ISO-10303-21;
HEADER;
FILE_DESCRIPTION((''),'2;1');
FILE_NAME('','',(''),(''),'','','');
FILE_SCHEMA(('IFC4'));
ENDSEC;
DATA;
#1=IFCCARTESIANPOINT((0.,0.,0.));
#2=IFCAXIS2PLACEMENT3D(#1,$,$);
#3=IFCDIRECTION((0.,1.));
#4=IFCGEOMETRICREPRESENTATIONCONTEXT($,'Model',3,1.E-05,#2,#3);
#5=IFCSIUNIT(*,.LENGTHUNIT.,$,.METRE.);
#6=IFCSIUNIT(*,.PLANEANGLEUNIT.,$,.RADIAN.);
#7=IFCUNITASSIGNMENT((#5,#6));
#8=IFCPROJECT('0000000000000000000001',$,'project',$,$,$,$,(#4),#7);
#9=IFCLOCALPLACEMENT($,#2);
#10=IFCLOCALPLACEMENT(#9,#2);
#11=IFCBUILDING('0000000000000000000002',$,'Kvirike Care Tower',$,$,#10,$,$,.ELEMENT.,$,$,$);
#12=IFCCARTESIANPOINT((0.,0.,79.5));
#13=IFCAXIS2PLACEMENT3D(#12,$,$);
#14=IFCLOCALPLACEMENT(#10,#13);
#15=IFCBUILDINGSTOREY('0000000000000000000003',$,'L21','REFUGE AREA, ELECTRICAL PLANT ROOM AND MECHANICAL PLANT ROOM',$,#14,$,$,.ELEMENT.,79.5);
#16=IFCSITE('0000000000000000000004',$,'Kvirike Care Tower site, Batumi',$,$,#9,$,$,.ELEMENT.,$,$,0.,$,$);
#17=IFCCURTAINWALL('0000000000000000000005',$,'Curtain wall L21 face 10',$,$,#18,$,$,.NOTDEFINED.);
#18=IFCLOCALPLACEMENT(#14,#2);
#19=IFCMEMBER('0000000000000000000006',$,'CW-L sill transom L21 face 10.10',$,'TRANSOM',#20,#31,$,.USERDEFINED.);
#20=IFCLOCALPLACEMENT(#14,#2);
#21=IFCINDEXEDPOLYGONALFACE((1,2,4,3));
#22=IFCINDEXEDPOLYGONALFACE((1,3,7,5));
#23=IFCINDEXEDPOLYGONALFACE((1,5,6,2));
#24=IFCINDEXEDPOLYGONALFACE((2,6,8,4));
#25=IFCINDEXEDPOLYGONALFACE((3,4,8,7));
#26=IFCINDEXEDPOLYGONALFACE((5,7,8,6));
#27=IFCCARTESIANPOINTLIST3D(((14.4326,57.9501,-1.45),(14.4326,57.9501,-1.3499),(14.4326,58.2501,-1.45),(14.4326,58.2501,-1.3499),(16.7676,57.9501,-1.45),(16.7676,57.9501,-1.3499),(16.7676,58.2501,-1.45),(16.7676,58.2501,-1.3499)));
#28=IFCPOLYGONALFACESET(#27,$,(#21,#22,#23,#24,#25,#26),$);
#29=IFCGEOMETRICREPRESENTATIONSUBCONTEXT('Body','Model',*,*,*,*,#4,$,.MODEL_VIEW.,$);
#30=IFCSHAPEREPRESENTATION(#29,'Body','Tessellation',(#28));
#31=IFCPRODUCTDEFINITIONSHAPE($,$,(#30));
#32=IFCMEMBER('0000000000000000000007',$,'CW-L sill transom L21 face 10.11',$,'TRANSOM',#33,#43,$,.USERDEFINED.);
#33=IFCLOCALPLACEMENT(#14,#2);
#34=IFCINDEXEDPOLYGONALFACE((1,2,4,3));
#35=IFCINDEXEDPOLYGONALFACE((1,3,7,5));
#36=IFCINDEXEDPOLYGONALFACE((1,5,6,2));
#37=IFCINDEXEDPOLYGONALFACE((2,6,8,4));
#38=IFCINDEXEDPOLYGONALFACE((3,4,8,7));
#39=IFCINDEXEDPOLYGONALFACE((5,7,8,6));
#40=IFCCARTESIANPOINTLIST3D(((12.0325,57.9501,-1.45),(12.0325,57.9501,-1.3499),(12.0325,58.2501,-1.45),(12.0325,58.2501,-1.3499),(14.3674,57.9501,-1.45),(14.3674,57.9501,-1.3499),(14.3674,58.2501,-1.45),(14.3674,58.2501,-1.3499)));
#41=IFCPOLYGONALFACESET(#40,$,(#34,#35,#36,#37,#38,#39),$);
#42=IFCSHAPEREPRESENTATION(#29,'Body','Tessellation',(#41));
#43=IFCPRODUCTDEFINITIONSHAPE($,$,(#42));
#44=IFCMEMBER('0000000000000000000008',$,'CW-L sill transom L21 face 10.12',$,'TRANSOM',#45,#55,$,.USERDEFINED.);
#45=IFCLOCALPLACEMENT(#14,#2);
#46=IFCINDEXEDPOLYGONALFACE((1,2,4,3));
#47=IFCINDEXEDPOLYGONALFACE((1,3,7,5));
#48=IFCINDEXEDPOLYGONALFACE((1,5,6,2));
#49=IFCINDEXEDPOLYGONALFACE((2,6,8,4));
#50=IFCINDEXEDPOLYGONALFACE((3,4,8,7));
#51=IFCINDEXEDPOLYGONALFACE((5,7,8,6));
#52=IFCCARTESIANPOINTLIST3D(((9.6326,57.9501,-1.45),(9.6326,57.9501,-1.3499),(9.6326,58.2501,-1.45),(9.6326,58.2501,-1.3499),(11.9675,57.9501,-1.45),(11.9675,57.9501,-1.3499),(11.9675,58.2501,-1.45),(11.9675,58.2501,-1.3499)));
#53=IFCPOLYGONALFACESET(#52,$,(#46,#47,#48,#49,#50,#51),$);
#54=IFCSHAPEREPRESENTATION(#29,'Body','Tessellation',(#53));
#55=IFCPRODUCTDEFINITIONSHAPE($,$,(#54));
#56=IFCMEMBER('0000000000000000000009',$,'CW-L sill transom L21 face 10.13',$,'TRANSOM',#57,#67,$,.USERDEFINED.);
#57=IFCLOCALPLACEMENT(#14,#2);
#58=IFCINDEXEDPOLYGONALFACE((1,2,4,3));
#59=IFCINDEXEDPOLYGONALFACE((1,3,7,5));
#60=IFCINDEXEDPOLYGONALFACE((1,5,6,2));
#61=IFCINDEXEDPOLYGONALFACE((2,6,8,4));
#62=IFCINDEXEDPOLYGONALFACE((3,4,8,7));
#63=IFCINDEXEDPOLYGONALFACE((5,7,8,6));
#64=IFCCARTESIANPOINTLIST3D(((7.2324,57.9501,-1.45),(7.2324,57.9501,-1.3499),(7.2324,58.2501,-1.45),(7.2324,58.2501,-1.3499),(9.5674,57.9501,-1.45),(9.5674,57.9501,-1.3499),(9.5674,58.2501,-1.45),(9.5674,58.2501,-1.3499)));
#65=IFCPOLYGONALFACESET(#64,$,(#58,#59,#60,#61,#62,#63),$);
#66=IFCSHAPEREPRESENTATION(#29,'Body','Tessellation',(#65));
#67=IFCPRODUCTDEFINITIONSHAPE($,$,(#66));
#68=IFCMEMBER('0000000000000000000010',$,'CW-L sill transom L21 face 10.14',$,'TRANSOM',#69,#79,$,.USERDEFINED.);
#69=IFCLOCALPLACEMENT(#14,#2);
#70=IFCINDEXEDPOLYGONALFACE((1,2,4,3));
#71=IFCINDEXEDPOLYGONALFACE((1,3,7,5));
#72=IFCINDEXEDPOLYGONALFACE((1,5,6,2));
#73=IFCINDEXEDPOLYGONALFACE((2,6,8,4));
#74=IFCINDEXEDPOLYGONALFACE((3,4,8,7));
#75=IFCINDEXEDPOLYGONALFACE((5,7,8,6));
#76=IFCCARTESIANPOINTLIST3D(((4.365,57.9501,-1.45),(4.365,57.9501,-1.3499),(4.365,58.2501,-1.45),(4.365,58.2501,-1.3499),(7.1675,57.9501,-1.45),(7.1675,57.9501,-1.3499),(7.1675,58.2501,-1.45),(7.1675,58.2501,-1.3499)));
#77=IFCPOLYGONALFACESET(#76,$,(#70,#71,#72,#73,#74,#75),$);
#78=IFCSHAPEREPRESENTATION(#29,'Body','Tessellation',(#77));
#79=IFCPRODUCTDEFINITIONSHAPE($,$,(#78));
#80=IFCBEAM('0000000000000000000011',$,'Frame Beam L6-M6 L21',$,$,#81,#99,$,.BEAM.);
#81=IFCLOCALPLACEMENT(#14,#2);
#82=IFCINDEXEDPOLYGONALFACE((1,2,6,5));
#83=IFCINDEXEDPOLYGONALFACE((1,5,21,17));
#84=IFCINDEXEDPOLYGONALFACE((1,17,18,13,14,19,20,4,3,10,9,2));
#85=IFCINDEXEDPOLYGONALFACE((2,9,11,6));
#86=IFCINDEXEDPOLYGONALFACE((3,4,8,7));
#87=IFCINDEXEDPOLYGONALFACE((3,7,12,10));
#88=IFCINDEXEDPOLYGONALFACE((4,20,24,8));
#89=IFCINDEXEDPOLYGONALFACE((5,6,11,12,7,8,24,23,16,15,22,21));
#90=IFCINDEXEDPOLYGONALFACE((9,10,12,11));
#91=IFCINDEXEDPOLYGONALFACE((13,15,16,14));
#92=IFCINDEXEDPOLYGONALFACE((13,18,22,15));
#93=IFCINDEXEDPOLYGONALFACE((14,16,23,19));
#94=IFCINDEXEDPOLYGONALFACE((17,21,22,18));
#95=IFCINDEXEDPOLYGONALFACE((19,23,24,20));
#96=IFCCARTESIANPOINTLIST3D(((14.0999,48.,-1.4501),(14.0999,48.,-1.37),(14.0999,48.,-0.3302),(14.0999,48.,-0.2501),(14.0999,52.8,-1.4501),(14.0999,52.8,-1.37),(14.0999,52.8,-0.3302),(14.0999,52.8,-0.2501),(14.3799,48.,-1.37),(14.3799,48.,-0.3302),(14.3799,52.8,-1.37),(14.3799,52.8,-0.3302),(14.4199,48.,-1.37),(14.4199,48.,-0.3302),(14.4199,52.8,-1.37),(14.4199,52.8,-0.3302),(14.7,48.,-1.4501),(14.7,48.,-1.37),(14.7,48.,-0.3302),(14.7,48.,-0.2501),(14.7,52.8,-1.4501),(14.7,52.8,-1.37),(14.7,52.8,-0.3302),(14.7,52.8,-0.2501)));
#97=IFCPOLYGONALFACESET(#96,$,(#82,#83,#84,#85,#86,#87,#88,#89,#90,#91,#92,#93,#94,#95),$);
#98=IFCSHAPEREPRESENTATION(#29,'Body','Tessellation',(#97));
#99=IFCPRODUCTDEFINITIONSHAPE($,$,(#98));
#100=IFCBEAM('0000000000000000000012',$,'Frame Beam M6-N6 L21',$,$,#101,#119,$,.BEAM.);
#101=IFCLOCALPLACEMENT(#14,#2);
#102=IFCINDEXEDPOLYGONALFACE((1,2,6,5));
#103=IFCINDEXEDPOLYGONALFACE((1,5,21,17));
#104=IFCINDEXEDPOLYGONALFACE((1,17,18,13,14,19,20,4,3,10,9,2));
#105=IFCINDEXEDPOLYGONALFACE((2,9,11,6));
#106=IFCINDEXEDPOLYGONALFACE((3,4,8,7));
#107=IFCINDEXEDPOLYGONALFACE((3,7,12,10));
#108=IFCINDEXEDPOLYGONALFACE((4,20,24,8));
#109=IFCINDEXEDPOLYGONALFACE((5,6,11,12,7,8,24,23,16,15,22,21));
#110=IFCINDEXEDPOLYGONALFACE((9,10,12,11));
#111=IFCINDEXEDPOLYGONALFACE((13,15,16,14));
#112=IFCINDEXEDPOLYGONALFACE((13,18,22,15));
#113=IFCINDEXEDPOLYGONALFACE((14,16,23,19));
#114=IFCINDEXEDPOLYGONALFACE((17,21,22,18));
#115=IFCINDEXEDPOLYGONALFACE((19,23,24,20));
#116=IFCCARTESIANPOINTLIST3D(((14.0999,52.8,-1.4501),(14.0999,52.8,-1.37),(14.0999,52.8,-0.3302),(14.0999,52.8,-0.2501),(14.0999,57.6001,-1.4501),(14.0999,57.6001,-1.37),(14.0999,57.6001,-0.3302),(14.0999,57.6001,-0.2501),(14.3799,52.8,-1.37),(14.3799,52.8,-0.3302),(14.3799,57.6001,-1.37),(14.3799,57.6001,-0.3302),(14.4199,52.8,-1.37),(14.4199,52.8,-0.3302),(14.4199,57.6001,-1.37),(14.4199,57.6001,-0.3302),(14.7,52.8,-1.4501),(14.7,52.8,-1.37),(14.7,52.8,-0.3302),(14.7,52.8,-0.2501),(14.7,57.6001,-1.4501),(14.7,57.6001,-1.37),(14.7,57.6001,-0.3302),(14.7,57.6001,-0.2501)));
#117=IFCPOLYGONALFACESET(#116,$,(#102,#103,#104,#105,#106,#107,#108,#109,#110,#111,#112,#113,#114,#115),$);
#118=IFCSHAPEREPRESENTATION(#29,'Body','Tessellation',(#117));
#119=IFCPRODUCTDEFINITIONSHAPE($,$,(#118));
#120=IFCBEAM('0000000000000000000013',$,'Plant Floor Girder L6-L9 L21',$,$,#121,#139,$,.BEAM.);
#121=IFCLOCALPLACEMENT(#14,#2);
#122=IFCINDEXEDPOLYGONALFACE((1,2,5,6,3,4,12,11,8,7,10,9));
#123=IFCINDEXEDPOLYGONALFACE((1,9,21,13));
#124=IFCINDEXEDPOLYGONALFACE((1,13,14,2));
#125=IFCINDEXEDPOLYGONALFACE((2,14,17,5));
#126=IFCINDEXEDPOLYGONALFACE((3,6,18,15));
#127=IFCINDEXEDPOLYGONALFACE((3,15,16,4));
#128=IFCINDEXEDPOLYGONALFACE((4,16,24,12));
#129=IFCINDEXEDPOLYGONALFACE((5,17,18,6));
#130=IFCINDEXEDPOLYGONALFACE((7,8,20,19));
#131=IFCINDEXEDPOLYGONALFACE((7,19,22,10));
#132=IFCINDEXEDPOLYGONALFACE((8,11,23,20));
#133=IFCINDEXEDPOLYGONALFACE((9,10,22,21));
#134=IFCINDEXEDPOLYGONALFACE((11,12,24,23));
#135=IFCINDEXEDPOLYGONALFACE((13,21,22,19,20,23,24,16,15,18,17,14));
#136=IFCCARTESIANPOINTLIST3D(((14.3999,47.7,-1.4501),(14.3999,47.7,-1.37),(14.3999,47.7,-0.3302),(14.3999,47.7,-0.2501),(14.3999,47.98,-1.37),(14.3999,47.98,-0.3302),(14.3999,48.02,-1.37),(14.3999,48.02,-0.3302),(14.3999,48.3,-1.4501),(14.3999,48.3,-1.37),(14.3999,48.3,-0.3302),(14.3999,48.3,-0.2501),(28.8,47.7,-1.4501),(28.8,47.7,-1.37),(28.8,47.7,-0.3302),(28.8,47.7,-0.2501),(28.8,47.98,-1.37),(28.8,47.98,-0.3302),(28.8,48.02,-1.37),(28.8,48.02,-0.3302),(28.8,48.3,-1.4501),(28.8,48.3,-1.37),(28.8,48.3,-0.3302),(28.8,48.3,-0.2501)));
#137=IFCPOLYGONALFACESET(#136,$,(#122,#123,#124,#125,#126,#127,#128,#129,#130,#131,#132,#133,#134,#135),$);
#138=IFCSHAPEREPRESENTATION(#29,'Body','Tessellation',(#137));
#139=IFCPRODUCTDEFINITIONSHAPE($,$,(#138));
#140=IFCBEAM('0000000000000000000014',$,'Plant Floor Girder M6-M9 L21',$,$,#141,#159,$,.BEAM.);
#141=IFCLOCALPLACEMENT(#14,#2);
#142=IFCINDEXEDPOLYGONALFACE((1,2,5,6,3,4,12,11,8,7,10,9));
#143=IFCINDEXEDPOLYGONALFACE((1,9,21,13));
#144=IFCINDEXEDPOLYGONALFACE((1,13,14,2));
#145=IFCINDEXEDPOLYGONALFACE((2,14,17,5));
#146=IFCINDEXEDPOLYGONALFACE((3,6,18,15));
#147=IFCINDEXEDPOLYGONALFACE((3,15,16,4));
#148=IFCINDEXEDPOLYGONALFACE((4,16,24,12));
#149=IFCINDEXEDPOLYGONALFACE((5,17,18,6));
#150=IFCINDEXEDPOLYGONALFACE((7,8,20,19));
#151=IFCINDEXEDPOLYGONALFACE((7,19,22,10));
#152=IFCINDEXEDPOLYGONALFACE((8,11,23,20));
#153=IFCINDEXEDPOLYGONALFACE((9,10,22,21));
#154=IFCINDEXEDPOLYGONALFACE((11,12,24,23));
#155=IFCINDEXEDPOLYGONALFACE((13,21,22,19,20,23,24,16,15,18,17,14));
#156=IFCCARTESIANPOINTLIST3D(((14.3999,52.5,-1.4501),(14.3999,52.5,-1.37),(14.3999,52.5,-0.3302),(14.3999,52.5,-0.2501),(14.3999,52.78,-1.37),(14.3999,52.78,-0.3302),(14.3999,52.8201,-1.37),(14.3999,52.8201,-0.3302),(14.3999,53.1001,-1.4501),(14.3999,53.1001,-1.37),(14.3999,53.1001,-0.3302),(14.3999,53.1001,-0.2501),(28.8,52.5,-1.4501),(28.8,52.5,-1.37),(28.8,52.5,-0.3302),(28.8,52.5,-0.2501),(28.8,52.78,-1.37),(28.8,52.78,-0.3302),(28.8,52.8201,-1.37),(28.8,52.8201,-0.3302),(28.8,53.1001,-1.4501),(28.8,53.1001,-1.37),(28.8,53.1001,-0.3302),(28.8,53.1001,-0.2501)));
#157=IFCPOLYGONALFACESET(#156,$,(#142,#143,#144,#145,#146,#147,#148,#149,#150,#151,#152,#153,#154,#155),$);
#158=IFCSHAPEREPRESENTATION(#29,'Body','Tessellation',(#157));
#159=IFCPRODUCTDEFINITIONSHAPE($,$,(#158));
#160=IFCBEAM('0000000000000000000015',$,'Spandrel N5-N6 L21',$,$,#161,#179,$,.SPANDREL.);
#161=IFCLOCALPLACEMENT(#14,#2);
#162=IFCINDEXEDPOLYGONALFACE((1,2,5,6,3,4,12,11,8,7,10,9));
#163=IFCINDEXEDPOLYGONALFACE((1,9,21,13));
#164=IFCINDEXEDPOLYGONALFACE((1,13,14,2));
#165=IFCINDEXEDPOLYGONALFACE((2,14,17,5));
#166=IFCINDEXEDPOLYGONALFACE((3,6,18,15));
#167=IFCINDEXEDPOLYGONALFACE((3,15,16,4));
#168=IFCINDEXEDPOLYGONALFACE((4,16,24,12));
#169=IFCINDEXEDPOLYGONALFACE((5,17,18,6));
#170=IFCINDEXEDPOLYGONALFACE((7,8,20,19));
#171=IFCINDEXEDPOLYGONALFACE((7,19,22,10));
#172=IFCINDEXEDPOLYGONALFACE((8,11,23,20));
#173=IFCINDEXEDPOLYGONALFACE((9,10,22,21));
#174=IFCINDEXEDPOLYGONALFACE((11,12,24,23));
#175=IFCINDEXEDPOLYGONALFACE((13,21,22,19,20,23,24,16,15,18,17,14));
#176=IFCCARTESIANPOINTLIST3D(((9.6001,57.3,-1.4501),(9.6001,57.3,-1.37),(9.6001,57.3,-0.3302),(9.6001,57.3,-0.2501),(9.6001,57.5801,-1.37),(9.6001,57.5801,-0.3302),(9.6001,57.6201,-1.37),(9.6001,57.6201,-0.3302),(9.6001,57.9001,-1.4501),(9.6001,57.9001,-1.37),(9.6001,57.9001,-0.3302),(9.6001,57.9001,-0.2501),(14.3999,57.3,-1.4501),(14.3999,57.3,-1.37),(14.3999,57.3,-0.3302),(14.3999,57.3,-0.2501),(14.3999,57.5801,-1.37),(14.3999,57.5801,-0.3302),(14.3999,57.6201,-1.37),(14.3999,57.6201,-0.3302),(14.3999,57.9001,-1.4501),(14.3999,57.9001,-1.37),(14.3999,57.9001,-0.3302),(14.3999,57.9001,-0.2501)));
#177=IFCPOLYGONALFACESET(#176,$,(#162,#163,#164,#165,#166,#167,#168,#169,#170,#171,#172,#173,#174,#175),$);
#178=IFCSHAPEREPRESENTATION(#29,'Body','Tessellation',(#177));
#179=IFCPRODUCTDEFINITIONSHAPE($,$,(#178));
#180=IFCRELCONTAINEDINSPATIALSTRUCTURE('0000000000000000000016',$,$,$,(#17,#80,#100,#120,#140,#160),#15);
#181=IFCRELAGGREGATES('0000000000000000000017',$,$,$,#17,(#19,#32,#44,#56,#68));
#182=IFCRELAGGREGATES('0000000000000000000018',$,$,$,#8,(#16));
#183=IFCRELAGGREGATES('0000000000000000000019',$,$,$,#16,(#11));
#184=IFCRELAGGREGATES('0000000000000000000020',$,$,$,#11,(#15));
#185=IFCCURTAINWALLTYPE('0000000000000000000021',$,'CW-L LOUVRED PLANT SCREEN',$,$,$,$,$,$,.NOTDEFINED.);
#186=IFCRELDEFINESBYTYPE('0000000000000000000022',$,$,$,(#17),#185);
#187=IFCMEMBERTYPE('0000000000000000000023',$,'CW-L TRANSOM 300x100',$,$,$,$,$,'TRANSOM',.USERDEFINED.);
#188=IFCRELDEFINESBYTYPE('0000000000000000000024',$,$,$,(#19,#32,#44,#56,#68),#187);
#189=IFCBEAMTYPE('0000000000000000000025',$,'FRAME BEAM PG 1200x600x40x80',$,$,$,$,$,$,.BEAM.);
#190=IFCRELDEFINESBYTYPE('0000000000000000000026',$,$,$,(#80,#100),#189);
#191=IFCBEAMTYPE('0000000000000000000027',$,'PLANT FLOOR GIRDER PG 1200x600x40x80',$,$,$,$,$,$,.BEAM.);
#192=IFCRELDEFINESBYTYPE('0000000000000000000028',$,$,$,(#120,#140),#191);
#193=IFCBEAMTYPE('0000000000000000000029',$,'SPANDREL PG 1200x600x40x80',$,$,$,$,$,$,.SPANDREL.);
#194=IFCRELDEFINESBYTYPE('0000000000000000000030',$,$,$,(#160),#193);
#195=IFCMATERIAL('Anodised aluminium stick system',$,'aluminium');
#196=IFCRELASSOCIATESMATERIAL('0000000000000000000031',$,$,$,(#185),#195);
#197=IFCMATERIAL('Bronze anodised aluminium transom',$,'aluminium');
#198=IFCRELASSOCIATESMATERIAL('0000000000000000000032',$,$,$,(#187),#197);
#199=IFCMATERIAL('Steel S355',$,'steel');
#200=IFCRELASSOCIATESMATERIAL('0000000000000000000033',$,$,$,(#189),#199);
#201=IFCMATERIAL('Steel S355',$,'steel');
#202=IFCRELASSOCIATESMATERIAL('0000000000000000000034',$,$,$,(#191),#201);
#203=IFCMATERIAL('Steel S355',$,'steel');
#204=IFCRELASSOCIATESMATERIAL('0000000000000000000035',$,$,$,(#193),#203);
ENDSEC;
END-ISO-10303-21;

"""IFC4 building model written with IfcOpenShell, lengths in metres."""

from ifc_helpers import new_model, si_unit, direction, frame, origin, origin_2d, place, context, subcontext, project, spatial, rectangle, i_section, extrude, material, material_profile, profile_set, type_object, element, aggregate, save


model = new_model("IFC4")

# Units and contexts
model_context = context("Model", 3, precision=1e-05, world=origin(), true_north=direction((0.0, 1.0)))
body_context = subcontext(model_context, "Body", "Model", "MODEL_VIEW")
ifc_project = project(units=[si_unit("LENGTHUNIT", "METRE"), si_unit("PLANEANGLEUNIT", "RADIAN")], contexts=[model_context])

# Site, building, storey
site_placement = place(None, origin())
site = spatial("IfcSite", under=ifc_project, at=site_placement, Name="Kvirike Care Tower site, Batumi", CompositionType="ELEMENT", RefElevation=0.0)
building_placement = place(site_placement, origin())
building = spatial("IfcBuilding", under=site, at=building_placement, Name="Kvirike Care Tower", CompositionType="ELEMENT")
storey_placement = place(building_placement, frame((0.0, 0.0, 79.5)))
storey = spatial("IfcBuildingStorey", under=building, at=storey_placement, Name="L21", Description="REFUGE AREA, ELECTRICAL PLANT ROOM AND MECHANICAL PLANT ROOM", CompositionType="ELEMENT", Elevation=79.5)

# Curtain wall, members
ifc_material_1 = material(Name="Anodised aluminium stick system", Category="aluminium")
curtain_wall_type = type_object("IfcCurtainWallType", Name="CW-L LOUVRED PLANT SCREEN", PredefinedType="NOTDEFINED", material=ifc_material_1)
curtain_wall_placement = place(storey_placement, origin())
curtain_wall = element("IfcCurtainWall", 1, at=curtain_wall_placement, inside=storey, type_object=curtain_wall_type, Name="Curtain wall L21 face 10", PredefinedType="NOTDEFINED")
ifc_material_2 = material(Name="Bronze anodised aluminium transom", Category="aluminium")
ifc_material_profile_1 = material_profile(ifc_material_2, rectangle(XDim=0.3, YDim=0.1001, at=origin_2d()), Name="CW-L TRANSOM 300x100")
ifc_profile_set_1 = profile_set([ifc_material_profile_1], Name="Bronze anodised aluminium transom")
member_type_1 = type_object("IfcMemberType", Name="CW-L TRANSOM 300x100", ElementType="TRANSOM", PredefinedType="USERDEFINED", material=ifc_profile_set_1)
member_1_placement = place(storey_placement, frame((16.7676, 58.1001, -1.3999), z_axis=(-1.0, 0.0, 0.0), x_axis=(0.0, -1.0, 0.0)))
member_1 = element("IfcMember", 2, at=member_1_placement, type_object=member_type_1, Name="CW-L sill transom L21 face 10.10", ObjectType="TRANSOM", PredefinedType="USERDEFINED", context=body_context, shape_type="SweptSolid", body=[
    extrude(rectangle(XDim=0.3, YDim=0.1001, at=origin_2d()), origin(), (0.0, 0.0, 1.0), 2.335),
])
member_2_placement = place(storey_placement, frame((14.3674, 58.1001, -1.3999), z_axis=(-1.0, 0.0, 0.0), x_axis=(0.0, -1.0, 0.0)))
member_2 = element("IfcMember", 3, at=member_2_placement, type_object=member_type_1, Name="CW-L sill transom L21 face 10.11", ObjectType="TRANSOM", PredefinedType="USERDEFINED", context=body_context, shape_type="SweptSolid", body=[
    extrude(rectangle(XDim=0.3, YDim=0.1001, at=origin_2d()), origin(), (0.0, 0.0, 1.0), 2.335),
])
member_3_placement = place(storey_placement, frame((11.9675, 58.1001, -1.3999), z_axis=(-1.0, 0.0, 0.0), x_axis=(0.0, -1.0, 0.0)))
member_3 = element("IfcMember", 4, at=member_3_placement, type_object=member_type_1, Name="CW-L sill transom L21 face 10.12", ObjectType="TRANSOM", PredefinedType="USERDEFINED", context=body_context, shape_type="SweptSolid", body=[
    extrude(rectangle(XDim=0.3, YDim=0.1001, at=origin_2d()), origin(), (0.0, 0.0, 1.0), 2.335),
])
member_4_placement = place(storey_placement, frame((9.5674, 58.1001, -1.3999), z_axis=(-1.0, 0.0, 0.0), x_axis=(0.0, -1.0, 0.0)))
member_4 = element("IfcMember", 5, at=member_4_placement, type_object=member_type_1, Name="CW-L sill transom L21 face 10.13", ObjectType="TRANSOM", PredefinedType="USERDEFINED", context=body_context, shape_type="SweptSolid", body=[
    extrude(rectangle(XDim=0.3, YDim=0.1001, at=origin_2d()), origin(), (0.0, 0.0, 1.0), 2.335),
])
member_5_placement = place(storey_placement, frame((7.1675, 58.1001, -1.3999), z_axis=(-1.0, 0.0, 0.0), x_axis=(0.0, -1.0, 0.0)))
member_5 = element("IfcMember", 6, at=member_5_placement, type_object=member_type_1, Name="CW-L sill transom L21 face 10.14", ObjectType="TRANSOM", PredefinedType="USERDEFINED", context=body_context, shape_type="SweptSolid", body=[
    extrude(rectangle(XDim=0.3, YDim=0.1001, at=origin_2d()), origin(), (0.0, 0.0, 1.0), 2.8025),
])

# Beams
ifc_material_3 = material(Name="Steel S355", Category="steel")
ifc_material_profile_2 = material_profile(ifc_material_3, i_section(OverallWidth=0.6001, OverallDepth=1.2, WebThickness=0.04, FlangeThickness=0.0801, at=origin_2d()), Name="PG 1200x600x40x80")
ifc_profile_set_2 = profile_set([ifc_material_profile_2], Name="Steel S355")
beam_type_1 = type_object("IfcBeamType", Name="FRAME BEAM PG 1200x600x40x80", PredefinedType="BEAM", material=ifc_profile_set_2)
for number, where, z_axis, x_axis, name in (
    (7, (14.3999, 48.0, -0.8501), (0.0, 1.0, 0.0), (-1.0, 0.0, 0.0), "Frame Beam L6-M6 L21"),
    (8, (14.3999, 52.8, -0.8501), (0.0, 1.0, 0.0), (-1.0, 0.0, 0.0), "Frame Beam M6-N6 L21"),
):
    element("IfcBeam", number, at=place(storey_placement, frame(where, z_axis=z_axis, x_axis=x_axis)), inside=storey, type_object=beam_type_1, Name=name, PredefinedType="BEAM", context=body_context, shape_type="SweptSolid", body=[
        extrude(i_section(OverallWidth=0.6001, OverallDepth=1.2, WebThickness=0.04, FlangeThickness=0.0801, at=origin_2d()), origin(), (0.0, 0.0, 1.0), 4.8),
    ])
ifc_material_4 = material(Name="Steel S355", Category="steel")
ifc_material_profile_3 = material_profile(ifc_material_4, i_section(OverallWidth=0.6001, OverallDepth=1.2, WebThickness=0.04, FlangeThickness=0.0801, at=origin_2d()), Name="PG 1200x600x40x80")
ifc_profile_set_3 = profile_set([ifc_material_profile_3], Name="Steel S355")
beam_type_2 = type_object("IfcBeamType", Name="PLANT FLOOR GIRDER PG 1200x600x40x80", PredefinedType="BEAM", material=ifc_profile_set_3)
for number, where, z_axis, x_axis, name in (
    (9, (14.3999, 48.0, -0.8501), (1.0, 0.0, 0.0), (0.0, 1.0, 0.0), "Plant Floor Girder L6-L9 L21"),
    (10, (14.3999, 52.8, -0.8501), (1.0, 0.0, 0.0), (0.0, 1.0, 0.0), "Plant Floor Girder M6-M9 L21"),
):
    element("IfcBeam", number, at=place(storey_placement, frame(where, z_axis=z_axis, x_axis=x_axis)), inside=storey, type_object=beam_type_2, Name=name, PredefinedType="BEAM", context=body_context, shape_type="SweptSolid", body=[
        extrude(i_section(OverallWidth=0.6001, OverallDepth=1.2, WebThickness=0.04, FlangeThickness=0.0801, at=origin_2d()), origin(), (0.0, 0.0, 1.0), 14.4001),
    ])
ifc_material_5 = material(Name="Steel S355", Category="steel")
ifc_material_profile_4 = material_profile(ifc_material_5, i_section(OverallWidth=0.6001, OverallDepth=1.2, WebThickness=0.04, FlangeThickness=0.0801, at=origin_2d()), Name="PG 1200x600x40x80")
ifc_profile_set_4 = profile_set([ifc_material_profile_4], Name="Steel S355")
beam_type_3 = type_object("IfcBeamType", Name="SPANDREL PG 1200x600x40x80", PredefinedType="SPANDREL", material=ifc_profile_set_4)
beam_placement = place(storey_placement, frame((9.6001, 57.6001, -0.8501), z_axis=(1.0, 0.0, 0.0), x_axis=(0.0, 1.0, 0.0)))
element("IfcBeam", 11, at=beam_placement, inside=storey, type_object=beam_type_3, Name="Spandrel N5-N6 L21", PredefinedType="SPANDREL", context=body_context, shape_type="SweptSolid", body=[
    extrude(i_section(OverallWidth=0.6001, OverallDepth=1.2, WebThickness=0.04, FlangeThickness=0.0801, at=origin_2d()), origin(), (0.0, 0.0, 1.0), 4.7998),
])

aggregate(curtain_wall, [member_1, member_2, member_3, member_4, member_5])

save(model, "model.ifc")
